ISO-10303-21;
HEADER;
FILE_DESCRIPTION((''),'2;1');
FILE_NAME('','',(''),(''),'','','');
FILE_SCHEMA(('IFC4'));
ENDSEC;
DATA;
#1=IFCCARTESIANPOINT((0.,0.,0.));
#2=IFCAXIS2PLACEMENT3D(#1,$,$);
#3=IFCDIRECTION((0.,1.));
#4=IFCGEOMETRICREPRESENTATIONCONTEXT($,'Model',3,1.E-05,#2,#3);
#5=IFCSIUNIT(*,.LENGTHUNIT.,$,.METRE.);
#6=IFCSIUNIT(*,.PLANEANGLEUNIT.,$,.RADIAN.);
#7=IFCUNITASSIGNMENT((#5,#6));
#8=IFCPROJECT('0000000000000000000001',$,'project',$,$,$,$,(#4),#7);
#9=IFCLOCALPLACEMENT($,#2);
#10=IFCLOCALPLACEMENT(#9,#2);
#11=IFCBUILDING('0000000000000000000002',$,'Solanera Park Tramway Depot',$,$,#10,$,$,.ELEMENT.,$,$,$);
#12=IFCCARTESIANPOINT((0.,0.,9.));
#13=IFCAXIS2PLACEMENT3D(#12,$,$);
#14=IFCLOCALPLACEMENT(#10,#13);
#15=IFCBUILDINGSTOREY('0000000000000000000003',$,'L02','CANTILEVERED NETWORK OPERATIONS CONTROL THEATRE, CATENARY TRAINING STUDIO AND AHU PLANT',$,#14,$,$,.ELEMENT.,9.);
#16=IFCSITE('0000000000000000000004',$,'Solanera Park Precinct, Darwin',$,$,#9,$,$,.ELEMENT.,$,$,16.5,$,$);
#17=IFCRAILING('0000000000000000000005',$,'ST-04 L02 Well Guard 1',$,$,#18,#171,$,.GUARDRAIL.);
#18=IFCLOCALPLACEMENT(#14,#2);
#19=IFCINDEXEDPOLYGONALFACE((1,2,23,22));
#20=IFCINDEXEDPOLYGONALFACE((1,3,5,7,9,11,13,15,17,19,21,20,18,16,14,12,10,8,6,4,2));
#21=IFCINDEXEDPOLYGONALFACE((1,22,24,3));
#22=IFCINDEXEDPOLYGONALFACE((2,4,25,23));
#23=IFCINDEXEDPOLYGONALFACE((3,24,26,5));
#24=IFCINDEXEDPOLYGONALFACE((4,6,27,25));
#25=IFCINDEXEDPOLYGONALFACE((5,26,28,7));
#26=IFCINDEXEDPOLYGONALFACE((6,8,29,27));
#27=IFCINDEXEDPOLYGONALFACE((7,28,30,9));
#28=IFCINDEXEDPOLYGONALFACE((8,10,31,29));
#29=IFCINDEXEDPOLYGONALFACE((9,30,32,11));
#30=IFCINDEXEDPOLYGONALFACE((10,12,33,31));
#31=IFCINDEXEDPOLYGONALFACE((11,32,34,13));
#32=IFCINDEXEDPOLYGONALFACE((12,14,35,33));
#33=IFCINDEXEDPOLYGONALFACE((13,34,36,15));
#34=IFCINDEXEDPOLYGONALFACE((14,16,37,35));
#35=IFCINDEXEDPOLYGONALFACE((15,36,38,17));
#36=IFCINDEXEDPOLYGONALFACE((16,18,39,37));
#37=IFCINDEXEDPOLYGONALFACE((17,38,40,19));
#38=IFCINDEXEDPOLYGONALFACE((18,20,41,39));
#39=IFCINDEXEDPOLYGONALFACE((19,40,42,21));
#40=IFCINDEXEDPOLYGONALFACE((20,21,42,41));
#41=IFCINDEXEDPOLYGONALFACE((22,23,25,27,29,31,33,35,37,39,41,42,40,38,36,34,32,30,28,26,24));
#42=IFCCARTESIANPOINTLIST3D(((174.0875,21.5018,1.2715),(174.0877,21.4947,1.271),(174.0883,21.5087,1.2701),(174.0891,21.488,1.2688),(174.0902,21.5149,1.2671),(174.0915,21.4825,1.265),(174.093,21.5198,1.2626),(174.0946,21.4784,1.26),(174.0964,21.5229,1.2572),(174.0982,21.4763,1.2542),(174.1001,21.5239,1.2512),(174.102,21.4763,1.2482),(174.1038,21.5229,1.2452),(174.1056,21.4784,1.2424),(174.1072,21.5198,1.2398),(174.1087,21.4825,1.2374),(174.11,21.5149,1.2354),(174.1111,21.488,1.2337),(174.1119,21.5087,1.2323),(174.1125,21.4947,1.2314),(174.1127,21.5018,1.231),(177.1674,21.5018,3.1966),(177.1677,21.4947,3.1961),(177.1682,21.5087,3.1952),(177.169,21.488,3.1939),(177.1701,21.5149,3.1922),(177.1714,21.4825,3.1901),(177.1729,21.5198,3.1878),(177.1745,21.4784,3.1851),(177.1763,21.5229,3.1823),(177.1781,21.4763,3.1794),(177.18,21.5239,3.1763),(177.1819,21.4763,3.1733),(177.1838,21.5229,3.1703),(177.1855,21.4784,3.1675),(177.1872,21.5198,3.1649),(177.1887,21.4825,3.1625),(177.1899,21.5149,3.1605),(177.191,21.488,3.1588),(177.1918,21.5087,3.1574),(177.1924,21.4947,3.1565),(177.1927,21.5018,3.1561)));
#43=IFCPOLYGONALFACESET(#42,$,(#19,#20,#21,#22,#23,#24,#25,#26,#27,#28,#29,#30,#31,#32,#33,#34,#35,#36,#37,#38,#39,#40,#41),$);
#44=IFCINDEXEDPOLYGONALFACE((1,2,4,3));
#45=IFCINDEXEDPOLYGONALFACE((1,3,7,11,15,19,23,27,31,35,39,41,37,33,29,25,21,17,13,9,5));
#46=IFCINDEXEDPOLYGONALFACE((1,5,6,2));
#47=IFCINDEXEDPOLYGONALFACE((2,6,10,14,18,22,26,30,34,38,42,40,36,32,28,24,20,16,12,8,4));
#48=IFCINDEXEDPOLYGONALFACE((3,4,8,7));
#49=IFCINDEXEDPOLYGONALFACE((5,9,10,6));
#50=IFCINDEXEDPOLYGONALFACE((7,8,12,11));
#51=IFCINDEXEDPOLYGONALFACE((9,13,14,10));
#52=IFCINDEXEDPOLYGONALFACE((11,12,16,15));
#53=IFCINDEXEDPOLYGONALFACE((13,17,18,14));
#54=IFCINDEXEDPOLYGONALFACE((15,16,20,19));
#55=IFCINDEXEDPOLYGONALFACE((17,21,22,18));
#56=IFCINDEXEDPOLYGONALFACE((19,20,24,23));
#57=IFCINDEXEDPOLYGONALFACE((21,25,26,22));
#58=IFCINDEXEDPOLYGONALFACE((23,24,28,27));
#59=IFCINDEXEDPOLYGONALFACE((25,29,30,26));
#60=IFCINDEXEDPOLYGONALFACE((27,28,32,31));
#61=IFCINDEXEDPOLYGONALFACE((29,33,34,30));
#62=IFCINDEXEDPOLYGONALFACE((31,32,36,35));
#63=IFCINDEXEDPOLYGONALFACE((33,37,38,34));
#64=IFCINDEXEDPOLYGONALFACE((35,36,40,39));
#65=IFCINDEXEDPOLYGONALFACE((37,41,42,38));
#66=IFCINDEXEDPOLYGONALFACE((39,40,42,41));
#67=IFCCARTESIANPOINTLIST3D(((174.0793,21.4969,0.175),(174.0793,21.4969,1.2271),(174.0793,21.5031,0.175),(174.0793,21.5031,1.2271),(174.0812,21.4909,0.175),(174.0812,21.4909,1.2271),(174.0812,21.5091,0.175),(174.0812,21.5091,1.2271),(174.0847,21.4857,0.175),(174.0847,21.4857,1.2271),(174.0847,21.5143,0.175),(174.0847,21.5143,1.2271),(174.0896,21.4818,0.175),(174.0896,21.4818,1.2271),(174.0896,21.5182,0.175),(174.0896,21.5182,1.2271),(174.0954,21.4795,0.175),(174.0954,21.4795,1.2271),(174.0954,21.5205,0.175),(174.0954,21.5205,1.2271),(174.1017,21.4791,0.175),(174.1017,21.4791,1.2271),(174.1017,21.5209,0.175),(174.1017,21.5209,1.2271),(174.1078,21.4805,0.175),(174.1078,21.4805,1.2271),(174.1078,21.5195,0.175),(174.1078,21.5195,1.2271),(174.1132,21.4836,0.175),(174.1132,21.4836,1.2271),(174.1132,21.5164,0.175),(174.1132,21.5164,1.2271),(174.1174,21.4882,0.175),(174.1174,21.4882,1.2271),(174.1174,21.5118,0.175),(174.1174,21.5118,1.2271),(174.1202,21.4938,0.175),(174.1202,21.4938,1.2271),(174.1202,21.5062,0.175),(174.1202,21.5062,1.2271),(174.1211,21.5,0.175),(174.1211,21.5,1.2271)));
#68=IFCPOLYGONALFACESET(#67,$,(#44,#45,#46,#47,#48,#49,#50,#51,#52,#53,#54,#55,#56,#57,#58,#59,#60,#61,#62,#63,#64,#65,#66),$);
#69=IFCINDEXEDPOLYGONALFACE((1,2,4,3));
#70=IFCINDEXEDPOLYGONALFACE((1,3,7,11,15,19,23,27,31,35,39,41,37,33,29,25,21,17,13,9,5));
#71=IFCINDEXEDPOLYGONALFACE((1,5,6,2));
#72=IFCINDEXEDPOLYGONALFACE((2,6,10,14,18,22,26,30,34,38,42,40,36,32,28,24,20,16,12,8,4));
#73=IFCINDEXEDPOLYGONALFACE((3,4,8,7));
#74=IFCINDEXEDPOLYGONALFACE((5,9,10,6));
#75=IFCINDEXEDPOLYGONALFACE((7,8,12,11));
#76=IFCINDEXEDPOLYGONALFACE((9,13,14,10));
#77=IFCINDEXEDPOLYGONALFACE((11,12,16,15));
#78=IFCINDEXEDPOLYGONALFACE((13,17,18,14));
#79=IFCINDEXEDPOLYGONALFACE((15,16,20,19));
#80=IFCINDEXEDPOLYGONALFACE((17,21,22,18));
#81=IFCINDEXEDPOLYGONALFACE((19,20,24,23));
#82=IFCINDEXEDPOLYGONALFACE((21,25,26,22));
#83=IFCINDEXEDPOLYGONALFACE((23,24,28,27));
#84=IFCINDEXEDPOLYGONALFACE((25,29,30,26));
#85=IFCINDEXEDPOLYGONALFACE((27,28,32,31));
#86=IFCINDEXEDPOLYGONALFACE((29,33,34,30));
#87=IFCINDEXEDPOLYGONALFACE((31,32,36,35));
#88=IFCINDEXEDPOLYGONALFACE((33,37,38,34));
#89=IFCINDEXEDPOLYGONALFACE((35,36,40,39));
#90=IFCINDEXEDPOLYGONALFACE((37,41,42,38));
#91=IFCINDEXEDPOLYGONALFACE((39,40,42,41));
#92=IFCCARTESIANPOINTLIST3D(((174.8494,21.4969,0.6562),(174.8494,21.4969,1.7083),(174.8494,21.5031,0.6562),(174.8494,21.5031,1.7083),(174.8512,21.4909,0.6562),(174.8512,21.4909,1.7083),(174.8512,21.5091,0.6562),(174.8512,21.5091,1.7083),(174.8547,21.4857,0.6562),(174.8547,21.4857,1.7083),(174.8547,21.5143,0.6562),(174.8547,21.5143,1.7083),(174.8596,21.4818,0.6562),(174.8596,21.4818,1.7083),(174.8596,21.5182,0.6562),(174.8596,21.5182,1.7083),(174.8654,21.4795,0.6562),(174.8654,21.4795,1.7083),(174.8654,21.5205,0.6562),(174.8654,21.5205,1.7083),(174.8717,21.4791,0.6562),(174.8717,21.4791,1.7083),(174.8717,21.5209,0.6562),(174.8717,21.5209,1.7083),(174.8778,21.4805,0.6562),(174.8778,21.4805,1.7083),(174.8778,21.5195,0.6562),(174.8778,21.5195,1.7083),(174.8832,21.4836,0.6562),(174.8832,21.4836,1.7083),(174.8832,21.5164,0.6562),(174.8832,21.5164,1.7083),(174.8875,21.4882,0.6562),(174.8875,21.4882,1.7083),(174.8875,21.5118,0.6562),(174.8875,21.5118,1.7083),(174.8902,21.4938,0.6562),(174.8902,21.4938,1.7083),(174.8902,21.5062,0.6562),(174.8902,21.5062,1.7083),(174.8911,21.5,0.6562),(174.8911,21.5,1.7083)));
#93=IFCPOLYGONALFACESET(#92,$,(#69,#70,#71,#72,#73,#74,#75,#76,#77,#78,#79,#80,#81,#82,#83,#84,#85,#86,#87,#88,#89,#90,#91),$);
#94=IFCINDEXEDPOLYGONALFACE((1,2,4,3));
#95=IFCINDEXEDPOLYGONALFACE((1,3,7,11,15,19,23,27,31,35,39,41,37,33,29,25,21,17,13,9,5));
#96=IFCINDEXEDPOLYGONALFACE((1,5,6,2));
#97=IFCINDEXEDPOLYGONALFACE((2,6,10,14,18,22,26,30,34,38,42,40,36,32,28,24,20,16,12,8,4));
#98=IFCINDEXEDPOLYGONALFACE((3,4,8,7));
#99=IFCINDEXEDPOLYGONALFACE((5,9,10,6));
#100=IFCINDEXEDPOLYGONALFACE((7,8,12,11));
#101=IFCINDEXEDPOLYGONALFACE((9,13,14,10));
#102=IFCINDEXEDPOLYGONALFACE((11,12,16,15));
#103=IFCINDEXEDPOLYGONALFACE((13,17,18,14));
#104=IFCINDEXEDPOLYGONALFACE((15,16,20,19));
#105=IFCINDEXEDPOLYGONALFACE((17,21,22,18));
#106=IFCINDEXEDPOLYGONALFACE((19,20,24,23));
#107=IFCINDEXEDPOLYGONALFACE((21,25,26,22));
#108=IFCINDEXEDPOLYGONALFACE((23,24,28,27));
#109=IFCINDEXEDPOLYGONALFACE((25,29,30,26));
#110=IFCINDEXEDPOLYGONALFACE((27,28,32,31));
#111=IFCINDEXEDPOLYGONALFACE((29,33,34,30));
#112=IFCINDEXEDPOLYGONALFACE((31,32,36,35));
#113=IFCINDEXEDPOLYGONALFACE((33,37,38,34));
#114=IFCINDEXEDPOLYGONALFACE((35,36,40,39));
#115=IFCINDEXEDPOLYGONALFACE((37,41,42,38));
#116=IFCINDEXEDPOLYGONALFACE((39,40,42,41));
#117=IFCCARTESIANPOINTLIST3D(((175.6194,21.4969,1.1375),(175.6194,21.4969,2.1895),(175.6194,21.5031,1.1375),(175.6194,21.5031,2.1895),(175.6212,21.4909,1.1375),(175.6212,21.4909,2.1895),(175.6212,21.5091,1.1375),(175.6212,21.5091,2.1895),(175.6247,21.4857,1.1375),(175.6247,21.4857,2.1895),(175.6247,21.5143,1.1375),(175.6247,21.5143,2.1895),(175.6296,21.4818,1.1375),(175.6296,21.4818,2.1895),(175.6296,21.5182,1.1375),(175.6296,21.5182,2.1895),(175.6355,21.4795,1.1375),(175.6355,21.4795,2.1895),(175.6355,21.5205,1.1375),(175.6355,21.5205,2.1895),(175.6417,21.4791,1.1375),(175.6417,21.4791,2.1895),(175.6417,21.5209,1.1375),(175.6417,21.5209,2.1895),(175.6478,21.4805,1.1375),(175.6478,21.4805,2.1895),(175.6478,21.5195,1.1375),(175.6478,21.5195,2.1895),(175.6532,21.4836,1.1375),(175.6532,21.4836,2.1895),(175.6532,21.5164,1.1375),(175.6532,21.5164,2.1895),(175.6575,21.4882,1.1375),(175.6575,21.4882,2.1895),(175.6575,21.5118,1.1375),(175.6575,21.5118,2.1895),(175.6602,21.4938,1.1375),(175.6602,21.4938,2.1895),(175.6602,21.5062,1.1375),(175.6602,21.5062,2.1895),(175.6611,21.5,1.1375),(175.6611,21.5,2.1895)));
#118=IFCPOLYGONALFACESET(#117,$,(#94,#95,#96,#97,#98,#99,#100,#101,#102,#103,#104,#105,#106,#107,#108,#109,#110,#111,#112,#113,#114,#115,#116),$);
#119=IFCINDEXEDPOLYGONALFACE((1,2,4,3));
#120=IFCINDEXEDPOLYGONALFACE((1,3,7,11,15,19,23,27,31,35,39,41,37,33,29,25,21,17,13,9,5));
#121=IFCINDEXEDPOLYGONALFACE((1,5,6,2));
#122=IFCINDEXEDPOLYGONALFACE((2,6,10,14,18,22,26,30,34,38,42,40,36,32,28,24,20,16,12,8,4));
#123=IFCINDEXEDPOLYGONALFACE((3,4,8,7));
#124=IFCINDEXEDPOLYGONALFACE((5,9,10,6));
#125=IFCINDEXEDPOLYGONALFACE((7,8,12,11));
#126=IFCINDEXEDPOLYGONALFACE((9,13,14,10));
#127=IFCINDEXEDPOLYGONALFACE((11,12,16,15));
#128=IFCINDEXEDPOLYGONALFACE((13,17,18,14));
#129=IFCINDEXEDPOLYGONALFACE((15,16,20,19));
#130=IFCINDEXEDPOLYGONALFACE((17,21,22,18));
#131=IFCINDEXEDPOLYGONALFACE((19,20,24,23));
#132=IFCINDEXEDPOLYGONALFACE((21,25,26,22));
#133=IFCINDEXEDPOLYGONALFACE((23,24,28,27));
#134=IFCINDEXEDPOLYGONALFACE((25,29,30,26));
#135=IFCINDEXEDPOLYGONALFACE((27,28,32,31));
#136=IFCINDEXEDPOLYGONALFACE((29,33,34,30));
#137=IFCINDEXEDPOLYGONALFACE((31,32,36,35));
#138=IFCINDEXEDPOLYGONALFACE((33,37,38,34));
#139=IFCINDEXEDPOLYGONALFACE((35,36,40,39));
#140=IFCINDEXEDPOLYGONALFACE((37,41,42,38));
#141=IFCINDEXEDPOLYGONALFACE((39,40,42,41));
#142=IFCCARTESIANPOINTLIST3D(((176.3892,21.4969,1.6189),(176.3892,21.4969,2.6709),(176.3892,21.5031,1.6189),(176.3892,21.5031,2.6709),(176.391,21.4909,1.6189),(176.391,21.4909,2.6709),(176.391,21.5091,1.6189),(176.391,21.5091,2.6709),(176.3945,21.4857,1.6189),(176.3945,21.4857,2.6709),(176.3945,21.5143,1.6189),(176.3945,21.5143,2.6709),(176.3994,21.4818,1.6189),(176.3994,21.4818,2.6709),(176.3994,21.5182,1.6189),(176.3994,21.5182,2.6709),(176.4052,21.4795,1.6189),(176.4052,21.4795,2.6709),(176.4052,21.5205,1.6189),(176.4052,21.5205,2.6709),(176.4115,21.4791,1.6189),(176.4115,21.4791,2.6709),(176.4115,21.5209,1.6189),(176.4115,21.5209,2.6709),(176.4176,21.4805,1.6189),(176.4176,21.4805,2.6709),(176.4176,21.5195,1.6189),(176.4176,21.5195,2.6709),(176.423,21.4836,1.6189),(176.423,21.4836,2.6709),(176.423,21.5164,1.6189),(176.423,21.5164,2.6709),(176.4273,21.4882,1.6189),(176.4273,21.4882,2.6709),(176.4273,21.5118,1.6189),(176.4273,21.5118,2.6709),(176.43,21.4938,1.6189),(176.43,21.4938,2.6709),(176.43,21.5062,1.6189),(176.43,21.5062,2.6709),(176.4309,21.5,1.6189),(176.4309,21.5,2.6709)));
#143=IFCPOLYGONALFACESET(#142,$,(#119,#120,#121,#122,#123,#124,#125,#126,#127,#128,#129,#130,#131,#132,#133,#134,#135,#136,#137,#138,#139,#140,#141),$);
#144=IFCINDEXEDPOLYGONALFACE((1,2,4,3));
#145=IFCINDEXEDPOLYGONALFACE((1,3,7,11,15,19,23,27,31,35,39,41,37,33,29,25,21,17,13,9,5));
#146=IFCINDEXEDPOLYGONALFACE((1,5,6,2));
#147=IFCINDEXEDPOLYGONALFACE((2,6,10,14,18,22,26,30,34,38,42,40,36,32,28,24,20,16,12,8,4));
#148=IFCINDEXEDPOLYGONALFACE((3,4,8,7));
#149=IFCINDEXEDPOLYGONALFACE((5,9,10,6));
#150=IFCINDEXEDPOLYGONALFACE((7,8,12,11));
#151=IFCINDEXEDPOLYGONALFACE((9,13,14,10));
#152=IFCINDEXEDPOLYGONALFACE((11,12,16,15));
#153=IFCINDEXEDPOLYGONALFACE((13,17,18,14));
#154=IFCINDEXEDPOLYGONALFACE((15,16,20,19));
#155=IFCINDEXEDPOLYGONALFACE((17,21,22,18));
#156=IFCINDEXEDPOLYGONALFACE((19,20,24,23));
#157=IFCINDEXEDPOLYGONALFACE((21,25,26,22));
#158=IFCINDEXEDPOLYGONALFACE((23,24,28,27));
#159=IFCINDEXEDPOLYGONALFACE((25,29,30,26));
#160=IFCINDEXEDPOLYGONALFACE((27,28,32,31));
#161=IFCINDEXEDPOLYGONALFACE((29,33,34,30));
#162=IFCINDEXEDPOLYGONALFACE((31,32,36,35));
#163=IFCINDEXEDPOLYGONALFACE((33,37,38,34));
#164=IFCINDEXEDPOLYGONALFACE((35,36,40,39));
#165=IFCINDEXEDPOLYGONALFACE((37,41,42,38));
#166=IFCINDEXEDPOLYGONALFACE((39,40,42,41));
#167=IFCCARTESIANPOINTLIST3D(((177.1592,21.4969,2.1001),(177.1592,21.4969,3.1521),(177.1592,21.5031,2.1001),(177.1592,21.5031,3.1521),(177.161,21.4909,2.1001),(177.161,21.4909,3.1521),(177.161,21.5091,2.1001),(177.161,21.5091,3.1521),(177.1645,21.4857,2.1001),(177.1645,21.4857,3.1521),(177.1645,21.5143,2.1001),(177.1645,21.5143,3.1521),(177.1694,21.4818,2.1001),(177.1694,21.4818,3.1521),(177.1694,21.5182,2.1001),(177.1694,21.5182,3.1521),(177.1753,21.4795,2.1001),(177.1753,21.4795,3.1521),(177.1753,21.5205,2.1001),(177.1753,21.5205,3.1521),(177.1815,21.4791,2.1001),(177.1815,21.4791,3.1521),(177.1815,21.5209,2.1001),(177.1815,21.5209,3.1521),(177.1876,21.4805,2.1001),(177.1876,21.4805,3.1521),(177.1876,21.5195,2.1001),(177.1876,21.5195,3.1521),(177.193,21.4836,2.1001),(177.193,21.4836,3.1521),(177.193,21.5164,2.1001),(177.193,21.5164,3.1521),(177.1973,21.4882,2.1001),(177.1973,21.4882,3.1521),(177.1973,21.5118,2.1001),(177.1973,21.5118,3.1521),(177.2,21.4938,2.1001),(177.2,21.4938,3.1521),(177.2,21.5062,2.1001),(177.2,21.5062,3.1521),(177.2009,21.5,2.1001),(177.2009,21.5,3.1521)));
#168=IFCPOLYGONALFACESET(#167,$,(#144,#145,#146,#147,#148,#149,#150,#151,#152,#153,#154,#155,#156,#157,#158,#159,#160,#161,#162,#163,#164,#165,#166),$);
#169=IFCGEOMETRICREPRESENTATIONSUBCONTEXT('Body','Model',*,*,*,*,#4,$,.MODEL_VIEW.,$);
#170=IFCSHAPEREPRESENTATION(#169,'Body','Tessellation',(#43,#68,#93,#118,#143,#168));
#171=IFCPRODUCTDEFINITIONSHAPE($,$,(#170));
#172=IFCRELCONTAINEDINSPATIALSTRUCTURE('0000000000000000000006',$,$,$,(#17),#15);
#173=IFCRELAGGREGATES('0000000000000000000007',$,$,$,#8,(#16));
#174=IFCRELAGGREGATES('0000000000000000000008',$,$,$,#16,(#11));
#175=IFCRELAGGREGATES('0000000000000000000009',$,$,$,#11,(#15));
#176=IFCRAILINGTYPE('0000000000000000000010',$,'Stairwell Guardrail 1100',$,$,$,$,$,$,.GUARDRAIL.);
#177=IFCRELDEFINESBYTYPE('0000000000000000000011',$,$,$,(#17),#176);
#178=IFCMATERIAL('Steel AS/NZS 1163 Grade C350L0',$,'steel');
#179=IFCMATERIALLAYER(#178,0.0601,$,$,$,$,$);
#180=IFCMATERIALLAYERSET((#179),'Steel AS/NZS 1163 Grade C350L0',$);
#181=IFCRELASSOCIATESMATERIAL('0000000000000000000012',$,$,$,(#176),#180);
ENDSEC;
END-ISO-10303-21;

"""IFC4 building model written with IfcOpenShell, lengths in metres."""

from ifc_helpers import new_model, si_unit, direction, frame, origin, origin_2d, place, context, subcontext, project, spatial, circle, extrude, material, layer, layer_set, type_object, element, save


model = new_model("IFC4")

# Units and contexts
model_context = context("Model", 3, precision=1e-05, world=origin(), true_north=direction((0.0, 1.0)))
body_context = subcontext(model_context, "Body", "Model", "MODEL_VIEW")
ifc_project = project(units=[si_unit("LENGTHUNIT", "METRE"), si_unit("PLANEANGLEUNIT", "RADIAN")], contexts=[model_context])

# Site, building, storey
site_placement = place(None, origin())
site = spatial("IfcSite", under=ifc_project, at=site_placement, Name="Solanera Park Precinct, Darwin", CompositionType="ELEMENT", RefElevation=16.5)
building_placement = place(site_placement, origin())
building = spatial("IfcBuilding", under=site, at=building_placement, Name="Solanera Park Tramway Depot", CompositionType="ELEMENT")
storey_placement = place(building_placement, frame((0.0, 0.0, 9.0)))
storey = spatial("IfcBuildingStorey", under=building, at=storey_placement, Name="L02", Description="CANTILEVERED NETWORK OPERATIONS CONTROL THEATRE, CATENARY TRAINING STUDIO AND AHU PLANT", CompositionType="ELEMENT", Elevation=9.0)

# Railing
ifc_material_1 = material(Name="Steel AS/NZS 1163 Grade C350L0", Category="steel")
ifc_layer_1 = layer(ifc_material_1, 0.0601)
ifc_layer_set_1 = layer_set([ifc_layer_1], Name="Steel AS/NZS 1163 Grade C350L0")
railing_type_1 = type_object("IfcRailingType", Name="Stairwell Guardrail 1100", PredefinedType="GUARDRAIL", material=ifc_layer_set_1)
railing_1_placement = place(storey_placement, frame((174.1001, 21.5, 0.175)))
element("IfcRailing", 1, at=railing_1_placement, inside=storey, type_object=railing_type_1, Name="ST-04 L02 Well Guard 1", PredefinedType="GUARDRAIL", context=body_context, shape_type="SweptSolid", body=[
    extrude(circle(Radius=0.0239, at=origin_2d()), frame((0.0, 0.0, 1.0762), z_axis=(0.847979, 0.0, 0.530029), x_axis=(0.0, 1.0, 0.0)), (0.0, 0.0, 1.0), 3.6321),
    extrude(circle(Radius=0.021, at=origin_2d()), origin(), (0.0, 0.0, 1.0), 1.052),
    extrude(circle(Radius=0.021, at=origin_2d()), frame((0.77, 0.0, 0.4812)), (0.0, 0.0, 1.0), 1.052),
    extrude(circle(Radius=0.021, at=origin_2d()), frame((1.54, 0.0, 0.9624)), (0.0, 0.0, 1.0), 1.052),
    extrude(circle(Radius=0.021, at=origin_2d()), frame((2.3098, 0.0, 1.4438)), (0.0, 0.0, 1.0), 1.052),
    extrude(circle(Radius=0.021, at=origin_2d()), frame((3.0798, 0.0, 1.925)), (0.0, 0.0, 1.0), 1.052),
])

save(model, "model.ifc")
